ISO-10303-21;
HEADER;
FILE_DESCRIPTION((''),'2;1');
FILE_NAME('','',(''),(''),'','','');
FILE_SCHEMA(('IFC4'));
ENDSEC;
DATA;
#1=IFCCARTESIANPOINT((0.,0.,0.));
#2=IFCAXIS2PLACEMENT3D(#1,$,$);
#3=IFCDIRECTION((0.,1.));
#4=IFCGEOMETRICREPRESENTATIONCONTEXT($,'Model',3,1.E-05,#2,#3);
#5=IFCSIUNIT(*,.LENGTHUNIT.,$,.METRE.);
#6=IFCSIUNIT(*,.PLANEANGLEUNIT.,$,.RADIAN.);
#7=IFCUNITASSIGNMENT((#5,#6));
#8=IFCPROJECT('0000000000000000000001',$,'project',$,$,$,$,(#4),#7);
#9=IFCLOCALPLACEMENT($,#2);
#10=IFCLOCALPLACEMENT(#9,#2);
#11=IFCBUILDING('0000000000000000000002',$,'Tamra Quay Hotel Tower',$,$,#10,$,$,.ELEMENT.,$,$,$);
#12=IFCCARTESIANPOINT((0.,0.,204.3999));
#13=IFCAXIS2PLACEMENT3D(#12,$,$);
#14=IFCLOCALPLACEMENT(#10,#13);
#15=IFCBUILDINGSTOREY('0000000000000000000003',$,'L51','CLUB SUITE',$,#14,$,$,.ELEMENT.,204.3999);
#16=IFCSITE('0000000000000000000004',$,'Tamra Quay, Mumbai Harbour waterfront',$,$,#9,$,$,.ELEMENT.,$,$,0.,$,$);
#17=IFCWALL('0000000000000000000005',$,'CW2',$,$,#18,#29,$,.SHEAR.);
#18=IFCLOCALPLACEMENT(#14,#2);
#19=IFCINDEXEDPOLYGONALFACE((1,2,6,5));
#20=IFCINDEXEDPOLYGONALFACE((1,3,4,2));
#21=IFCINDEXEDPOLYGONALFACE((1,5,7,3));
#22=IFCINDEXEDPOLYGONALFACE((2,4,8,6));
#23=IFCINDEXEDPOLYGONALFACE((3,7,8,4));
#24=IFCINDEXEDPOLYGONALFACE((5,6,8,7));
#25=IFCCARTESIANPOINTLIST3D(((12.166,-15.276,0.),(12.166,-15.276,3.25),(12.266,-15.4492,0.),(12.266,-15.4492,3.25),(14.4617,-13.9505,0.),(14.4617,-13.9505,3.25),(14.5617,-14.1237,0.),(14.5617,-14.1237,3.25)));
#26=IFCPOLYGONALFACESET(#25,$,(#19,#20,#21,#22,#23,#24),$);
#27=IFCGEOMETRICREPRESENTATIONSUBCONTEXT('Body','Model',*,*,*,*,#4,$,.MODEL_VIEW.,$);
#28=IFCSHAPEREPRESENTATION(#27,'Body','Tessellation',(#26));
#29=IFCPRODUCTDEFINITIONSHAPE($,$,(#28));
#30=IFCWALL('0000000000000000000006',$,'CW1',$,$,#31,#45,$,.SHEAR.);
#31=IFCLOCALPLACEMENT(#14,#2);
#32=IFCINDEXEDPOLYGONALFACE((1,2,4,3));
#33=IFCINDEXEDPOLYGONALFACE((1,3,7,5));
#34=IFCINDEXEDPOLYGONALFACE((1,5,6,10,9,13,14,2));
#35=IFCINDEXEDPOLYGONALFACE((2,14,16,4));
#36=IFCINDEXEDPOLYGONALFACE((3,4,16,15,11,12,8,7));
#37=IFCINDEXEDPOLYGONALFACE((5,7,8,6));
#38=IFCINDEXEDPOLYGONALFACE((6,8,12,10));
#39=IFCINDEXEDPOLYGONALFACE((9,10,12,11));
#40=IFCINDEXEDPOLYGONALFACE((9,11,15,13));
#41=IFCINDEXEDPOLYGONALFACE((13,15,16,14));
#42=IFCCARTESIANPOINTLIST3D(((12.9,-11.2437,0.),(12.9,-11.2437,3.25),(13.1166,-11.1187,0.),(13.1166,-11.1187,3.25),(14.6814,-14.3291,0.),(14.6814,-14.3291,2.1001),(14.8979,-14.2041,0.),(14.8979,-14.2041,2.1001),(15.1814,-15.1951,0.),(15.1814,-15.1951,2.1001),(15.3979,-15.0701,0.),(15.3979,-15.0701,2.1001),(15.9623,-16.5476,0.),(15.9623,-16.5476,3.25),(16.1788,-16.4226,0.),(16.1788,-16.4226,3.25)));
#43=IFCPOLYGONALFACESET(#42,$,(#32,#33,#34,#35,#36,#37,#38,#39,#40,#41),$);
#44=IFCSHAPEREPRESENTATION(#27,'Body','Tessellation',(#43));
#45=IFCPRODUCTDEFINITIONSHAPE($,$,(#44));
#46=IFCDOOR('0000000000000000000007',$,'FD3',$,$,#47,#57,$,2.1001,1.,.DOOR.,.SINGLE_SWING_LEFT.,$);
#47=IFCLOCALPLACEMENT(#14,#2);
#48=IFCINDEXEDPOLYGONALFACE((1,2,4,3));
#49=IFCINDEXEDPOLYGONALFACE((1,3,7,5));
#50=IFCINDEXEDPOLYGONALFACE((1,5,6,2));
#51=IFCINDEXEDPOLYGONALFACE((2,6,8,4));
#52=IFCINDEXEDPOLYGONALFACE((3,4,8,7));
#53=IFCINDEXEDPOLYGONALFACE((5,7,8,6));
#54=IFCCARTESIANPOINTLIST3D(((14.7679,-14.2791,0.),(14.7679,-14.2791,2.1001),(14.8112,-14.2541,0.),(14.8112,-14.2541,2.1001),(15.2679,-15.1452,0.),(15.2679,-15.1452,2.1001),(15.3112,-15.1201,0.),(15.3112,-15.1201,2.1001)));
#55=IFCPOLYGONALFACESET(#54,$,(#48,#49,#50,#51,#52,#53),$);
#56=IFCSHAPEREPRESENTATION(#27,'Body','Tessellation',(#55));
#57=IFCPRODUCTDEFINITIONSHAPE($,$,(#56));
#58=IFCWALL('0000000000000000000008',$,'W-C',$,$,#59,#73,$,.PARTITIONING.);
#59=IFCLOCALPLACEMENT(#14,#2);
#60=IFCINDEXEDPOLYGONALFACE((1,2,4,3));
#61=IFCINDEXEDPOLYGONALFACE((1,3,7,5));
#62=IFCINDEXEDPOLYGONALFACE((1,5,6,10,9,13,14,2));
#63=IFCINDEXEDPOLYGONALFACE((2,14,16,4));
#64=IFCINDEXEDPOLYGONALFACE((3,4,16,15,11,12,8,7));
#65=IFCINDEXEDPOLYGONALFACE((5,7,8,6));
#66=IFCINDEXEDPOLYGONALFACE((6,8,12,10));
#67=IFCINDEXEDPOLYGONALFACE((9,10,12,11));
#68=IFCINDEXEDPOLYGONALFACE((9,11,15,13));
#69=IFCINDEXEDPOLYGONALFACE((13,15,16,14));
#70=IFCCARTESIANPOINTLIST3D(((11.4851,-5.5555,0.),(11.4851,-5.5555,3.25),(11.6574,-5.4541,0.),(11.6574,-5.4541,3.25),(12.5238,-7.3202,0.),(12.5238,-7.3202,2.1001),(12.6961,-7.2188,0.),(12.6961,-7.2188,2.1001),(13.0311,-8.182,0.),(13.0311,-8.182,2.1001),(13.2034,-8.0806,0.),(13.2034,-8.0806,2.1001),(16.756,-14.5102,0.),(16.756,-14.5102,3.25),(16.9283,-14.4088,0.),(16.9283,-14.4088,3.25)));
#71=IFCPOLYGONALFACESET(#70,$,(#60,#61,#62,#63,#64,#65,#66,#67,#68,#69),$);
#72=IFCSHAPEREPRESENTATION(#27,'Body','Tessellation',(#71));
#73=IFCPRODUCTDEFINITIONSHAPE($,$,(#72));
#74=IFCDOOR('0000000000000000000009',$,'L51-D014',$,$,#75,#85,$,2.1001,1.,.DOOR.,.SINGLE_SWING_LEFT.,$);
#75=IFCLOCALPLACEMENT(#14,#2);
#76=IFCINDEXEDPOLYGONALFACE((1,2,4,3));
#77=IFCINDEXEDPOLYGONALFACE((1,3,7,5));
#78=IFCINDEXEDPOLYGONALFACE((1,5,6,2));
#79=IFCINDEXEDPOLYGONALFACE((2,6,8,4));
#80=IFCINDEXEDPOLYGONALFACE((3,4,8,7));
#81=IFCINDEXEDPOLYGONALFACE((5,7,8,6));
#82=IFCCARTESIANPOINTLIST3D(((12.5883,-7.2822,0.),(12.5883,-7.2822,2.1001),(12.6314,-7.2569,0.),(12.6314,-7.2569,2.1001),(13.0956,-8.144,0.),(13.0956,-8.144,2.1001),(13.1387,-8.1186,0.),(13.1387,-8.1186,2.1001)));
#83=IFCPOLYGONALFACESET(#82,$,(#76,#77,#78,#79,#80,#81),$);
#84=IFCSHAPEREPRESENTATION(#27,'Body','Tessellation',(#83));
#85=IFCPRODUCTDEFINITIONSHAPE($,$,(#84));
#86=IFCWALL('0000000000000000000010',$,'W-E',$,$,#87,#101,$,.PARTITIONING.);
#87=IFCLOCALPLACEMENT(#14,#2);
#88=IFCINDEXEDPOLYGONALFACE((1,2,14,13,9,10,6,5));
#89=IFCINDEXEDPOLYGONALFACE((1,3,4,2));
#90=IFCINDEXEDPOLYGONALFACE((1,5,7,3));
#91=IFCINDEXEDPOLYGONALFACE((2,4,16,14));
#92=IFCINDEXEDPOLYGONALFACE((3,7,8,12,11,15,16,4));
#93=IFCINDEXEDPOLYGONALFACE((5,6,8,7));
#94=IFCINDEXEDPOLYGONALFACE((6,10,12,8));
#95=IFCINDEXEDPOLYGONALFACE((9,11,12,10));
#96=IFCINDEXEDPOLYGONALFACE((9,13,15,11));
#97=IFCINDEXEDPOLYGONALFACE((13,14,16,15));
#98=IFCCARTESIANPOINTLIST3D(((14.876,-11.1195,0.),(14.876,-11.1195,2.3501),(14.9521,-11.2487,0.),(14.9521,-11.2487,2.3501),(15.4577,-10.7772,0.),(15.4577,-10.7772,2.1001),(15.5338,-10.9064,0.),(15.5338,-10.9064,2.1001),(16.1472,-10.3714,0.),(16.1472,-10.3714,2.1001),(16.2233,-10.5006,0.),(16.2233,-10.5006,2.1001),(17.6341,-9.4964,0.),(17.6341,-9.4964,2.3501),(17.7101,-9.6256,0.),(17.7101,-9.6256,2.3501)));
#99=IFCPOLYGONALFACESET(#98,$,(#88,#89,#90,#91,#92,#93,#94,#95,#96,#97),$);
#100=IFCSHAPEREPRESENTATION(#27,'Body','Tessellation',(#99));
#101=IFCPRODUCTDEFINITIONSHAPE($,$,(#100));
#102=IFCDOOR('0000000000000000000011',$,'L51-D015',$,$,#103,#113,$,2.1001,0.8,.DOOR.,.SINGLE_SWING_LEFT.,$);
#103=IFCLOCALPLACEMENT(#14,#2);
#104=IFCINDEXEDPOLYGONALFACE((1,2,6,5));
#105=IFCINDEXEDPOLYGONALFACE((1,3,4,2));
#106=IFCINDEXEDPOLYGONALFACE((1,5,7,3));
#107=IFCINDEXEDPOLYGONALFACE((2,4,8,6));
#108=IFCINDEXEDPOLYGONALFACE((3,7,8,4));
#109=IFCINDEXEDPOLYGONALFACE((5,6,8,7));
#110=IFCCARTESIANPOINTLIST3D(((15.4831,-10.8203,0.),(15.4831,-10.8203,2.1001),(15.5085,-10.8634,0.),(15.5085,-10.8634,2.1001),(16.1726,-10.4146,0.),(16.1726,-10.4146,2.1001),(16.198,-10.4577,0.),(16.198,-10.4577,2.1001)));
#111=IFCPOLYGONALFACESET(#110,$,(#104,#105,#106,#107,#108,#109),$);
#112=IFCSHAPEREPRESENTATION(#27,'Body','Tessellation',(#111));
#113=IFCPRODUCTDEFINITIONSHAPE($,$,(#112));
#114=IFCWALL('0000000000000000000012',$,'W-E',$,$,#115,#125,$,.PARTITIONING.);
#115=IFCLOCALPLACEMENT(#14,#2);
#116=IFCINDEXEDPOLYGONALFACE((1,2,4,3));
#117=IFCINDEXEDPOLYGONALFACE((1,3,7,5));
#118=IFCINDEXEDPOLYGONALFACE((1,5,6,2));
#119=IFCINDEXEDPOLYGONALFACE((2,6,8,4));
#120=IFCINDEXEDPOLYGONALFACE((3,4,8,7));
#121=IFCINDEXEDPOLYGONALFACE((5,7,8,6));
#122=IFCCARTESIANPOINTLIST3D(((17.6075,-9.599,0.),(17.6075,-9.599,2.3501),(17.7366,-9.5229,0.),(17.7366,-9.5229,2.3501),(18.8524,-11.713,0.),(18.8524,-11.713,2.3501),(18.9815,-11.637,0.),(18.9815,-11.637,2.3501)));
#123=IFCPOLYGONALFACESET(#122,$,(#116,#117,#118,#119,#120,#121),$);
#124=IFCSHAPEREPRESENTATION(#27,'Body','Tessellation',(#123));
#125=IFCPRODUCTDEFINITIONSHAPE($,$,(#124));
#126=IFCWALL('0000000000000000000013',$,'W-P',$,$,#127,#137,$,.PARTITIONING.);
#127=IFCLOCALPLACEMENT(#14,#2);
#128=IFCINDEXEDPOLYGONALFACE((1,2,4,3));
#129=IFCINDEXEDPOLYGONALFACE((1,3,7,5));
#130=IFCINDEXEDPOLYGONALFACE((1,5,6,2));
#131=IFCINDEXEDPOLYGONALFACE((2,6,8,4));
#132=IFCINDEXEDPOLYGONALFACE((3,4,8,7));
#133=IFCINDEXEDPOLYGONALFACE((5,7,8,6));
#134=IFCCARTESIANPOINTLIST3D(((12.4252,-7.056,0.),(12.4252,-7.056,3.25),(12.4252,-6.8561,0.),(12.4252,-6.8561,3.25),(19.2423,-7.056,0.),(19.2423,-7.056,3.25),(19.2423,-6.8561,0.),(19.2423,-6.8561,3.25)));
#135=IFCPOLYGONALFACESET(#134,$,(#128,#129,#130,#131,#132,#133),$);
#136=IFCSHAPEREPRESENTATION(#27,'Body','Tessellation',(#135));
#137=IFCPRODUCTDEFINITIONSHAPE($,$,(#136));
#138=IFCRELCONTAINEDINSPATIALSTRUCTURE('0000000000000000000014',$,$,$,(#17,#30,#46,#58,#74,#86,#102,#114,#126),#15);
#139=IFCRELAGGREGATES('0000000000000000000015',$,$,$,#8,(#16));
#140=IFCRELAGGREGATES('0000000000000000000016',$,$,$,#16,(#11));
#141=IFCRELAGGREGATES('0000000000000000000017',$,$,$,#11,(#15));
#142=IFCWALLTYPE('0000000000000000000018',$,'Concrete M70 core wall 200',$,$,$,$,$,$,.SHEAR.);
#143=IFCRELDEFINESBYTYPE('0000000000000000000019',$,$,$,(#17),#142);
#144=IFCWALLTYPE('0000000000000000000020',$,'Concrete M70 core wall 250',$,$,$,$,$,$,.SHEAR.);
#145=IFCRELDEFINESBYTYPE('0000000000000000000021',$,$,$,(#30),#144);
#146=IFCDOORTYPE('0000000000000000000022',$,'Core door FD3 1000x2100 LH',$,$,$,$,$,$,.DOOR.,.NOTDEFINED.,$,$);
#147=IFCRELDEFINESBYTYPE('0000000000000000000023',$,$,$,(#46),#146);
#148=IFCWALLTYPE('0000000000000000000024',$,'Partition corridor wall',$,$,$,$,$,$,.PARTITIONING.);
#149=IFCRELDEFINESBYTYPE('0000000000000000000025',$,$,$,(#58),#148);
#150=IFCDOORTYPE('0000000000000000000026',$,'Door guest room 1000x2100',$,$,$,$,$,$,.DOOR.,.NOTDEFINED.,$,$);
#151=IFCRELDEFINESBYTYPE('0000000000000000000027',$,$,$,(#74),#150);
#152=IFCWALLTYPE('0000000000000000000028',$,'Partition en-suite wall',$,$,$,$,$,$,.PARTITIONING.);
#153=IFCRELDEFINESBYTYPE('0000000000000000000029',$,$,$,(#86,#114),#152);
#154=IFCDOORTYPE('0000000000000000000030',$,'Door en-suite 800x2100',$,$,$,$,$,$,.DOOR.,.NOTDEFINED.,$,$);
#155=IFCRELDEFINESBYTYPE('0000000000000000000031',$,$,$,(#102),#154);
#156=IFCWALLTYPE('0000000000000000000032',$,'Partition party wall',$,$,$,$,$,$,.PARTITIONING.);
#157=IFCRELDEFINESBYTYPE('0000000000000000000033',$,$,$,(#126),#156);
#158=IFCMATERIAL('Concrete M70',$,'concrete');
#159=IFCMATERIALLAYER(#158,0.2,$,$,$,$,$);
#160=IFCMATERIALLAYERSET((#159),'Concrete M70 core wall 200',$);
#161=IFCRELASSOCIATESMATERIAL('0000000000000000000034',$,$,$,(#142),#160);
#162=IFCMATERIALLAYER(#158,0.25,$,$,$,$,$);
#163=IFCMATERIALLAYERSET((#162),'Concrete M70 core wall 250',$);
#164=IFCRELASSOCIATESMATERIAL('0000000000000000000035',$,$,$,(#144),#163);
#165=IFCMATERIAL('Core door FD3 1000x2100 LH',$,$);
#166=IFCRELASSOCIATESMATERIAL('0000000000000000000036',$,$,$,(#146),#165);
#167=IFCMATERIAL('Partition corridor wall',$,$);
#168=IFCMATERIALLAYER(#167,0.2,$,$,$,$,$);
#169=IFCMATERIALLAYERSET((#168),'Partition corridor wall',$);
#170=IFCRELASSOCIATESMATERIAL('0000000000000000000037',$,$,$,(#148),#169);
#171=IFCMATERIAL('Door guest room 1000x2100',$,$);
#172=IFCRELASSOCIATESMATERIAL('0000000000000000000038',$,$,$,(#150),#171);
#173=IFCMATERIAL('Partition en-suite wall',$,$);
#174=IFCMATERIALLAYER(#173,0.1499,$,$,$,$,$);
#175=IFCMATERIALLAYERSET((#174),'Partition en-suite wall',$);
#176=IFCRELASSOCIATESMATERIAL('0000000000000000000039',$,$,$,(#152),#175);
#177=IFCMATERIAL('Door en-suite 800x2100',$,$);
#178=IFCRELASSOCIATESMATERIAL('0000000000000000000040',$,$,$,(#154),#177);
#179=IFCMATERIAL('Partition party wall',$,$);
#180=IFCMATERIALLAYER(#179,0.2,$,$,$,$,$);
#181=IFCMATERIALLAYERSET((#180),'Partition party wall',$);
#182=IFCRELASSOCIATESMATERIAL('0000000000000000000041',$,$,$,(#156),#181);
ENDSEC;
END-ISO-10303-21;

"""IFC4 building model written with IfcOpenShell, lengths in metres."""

from ifc_helpers import new_model, si_unit, direction, frame, frame_2d, origin, place, context, subcontext, project, spatial, rectangle, extrude, material, layer, layer_set, type_object, element, fill, save


model = new_model("IFC4")

# Units and contexts
model_context = context("Model", 3, precision=1e-05, world=origin(), true_north=direction((0.0, 1.0)))
body_context = subcontext(model_context, "Body", "Model", "MODEL_VIEW")
ifc_project = project(units=[si_unit("LENGTHUNIT", "METRE"), si_unit("PLANEANGLEUNIT", "RADIAN")], contexts=[model_context])

# Site, building, storey
site_placement = place(None, origin())
site = spatial("IfcSite", under=ifc_project, at=site_placement, Name="Tamra Quay, Mumbai Harbour waterfront", CompositionType="ELEMENT", RefElevation=0.0)
building_placement = place(site_placement, origin())
building = spatial("IfcBuilding", under=site, at=building_placement, Name="Tamra Quay Hotel Tower", CompositionType="ELEMENT")
storey_placement = place(building_placement, frame((0.0, 0.0, 204.3999)))
storey = spatial("IfcBuildingStorey", under=building, at=storey_placement, Name="L51", Description="CLUB SUITE", CompositionType="ELEMENT", Elevation=204.3999)

# Shared definitions
ifc_material_1 = material(Name="Concrete M70", Category="concrete")

# Wall
ifc_layer_1 = layer(ifc_material_1, 0.2)
ifc_layer_set_1 = layer_set([ifc_layer_1], Name="Concrete M70 core wall 200")
wall_type_1 = type_object("IfcWallType", Name="Concrete M70 core wall 200", PredefinedType="SHEAR", material=ifc_layer_set_1)
wall_1_placement = place(storey_placement, frame((14.5117, -14.0371, 0.0), z_axis=(0.0, 0.0, 1.0), x_axis=(-0.866018, -0.500012, 0.0)))
element("IfcWall", 1, at=wall_1_placement, inside=storey, type_object=wall_type_1, Name="CW2", PredefinedType="SHEAR", context=body_context, shape_type="SweptSolid", body=[
    extrude(rectangle(XDim=2.6509, YDim=0.2, at=frame_2d((1.3254, 0.0))), origin(), (0.0, 0.0, 1.0), 3.25),
])

# Walls, openings, doors
ifc_layer_2 = layer(ifc_material_1, 0.25)
ifc_layer_set_2 = layer_set([ifc_layer_2], Name="Concrete M70 core wall 250")
wall_type_2 = type_object("IfcWallType", Name="Concrete M70 core wall 250", PredefinedType="SHEAR", material=ifc_layer_set_2)
wall_2_placement = place(storey_placement, frame((13.0083, -11.1812, 0.0), z_axis=(0.0, 0.0, 1.0), x_axis=(0.500002, -0.866024, 0.0)))
wall_2 = element("IfcWall", 2, at=wall_2_placement, inside=storey, type_object=wall_type_2, Name="CW1", PredefinedType="SHEAR", context=body_context, shape_type="SweptSolid", body=[
    extrude(rectangle(XDim=6.1245, YDim=0.25, at=frame_2d((3.0623, 0.0))), origin(), (0.0, 0.0, 1.0), 3.25),
])
opening_1_placement = place(wall_2_placement, frame((3.5627, 0.0, 0.0)))
opening_1 = element("IfcOpeningElement", 3, at=opening_1_placement, cuts=wall_2, PredefinedType="OPENING", context=body_context, shape_type="SweptSolid", body=[
    extrude(rectangle(XDim=1.0, YDim=2.1001, at=frame_2d((0.5, 1.05))), frame((0.0, 0.135, 0.0), z_axis=(0.0, -1.0, 0.0), x_axis=(1.0, 0.0, 0.0)), (0.0, 0.0, 1.0), 0.27),
])
ifc_material_2 = material(Name="Core door FD3 1000x2100 LH")
door_type_1 = type_object("IfcDoorType", Name="Core door FD3 1000x2100 LH", OperationType="NOTDEFINED", PredefinedType="DOOR", material=ifc_material_2)
door_1_placement = place(opening_1_placement, origin())
door_1 = element("IfcDoor", 4, at=door_1_placement, inside=storey, type_object=door_type_1, Name="FD3", OperationType="SINGLE_SWING_LEFT", OverallHeight=2.1001, OverallWidth=1.0, PredefinedType="DOOR", context=body_context, shape_type="SweptSolid", body=[
    extrude(rectangle(XDim=1.0, YDim=2.1001, at=frame_2d((0.5, 1.05))), frame((0.0, 0.0249, 0.0), z_axis=(0.0, -1.0, 0.0), x_axis=(1.0, 0.0, 0.0)), (0.0, 0.0, 1.0), 0.05),
])
fill(opening_1, door_1)
ifc_material_3 = material(Name="Partition corridor wall")
ifc_layer_3 = layer(ifc_material_3, 0.2)
ifc_layer_set_3 = layer_set([ifc_layer_3], Name="Partition corridor wall")
wall_type_3 = type_object("IfcWallType", Name="Partition corridor wall", PredefinedType="PARTITIONING", material=ifc_layer_set_3)
wall_3_placement = place(storey_placement, frame((11.5713, -5.5049, 0.0), z_axis=(0.0, 0.0, 1.0), x_axis=(0.507267, -0.861789, 0.0)))
wall_3 = element("IfcWall", 5, at=wall_3_placement, inside=storey, type_object=wall_type_3, Name="W-C", PredefinedType="PARTITIONING", context=body_context, shape_type="SweptSolid", body=[
    extrude(rectangle(XDim=10.3909, YDim=0.2, at=frame_2d((5.1953, 0.0))), origin(), (0.0, 0.0, 1.0), 3.25),
])
opening_2_placement = place(wall_3_placement, frame((2.0476, 0.0, 0.0)))
opening_2 = element("IfcOpeningElement", 6, at=opening_2_placement, cuts=wall_3, PredefinedType="OPENING", context=body_context, shape_type="SweptSolid", body=[
    extrude(rectangle(XDim=1.0, YDim=2.1001, at=frame_2d((0.5, 1.05))), frame((0.0, 0.1099, 0.0), z_axis=(0.0, -1.0, 0.0), x_axis=(1.0, 0.0, 0.0)), (0.0, 0.0, 1.0), 0.22),
])
ifc_material_4 = material(Name="Door guest room 1000x2100")
door_type_2 = type_object("IfcDoorType", Name="Door guest room 1000x2100", OperationType="NOTDEFINED", PredefinedType="DOOR", material=ifc_material_4)
door_2_placement = place(opening_2_placement, origin())
door_2 = element("IfcDoor", 7, at=door_2_placement, inside=storey, type_object=door_type_2, Name="L51-D014", OperationType="SINGLE_SWING_LEFT", OverallHeight=2.1001, OverallWidth=1.0, PredefinedType="DOOR", context=body_context, shape_type="SweptSolid", body=[
    extrude(rectangle(XDim=1.0, YDim=2.1001, at=frame_2d((0.5, 1.05))), frame((0.0, 0.0249, 0.0), z_axis=(0.0, -1.0, 0.0), x_axis=(1.0, 0.0, 0.0)), (0.0, 0.0, 1.0), 0.05),
])
fill(opening_2, door_2)
ifc_material_5 = material(Name="Partition en-suite wall")
ifc_layer_4 = layer(ifc_material_5, 0.1499)
ifc_layer_set_4 = layer_set([ifc_layer_4], Name="Partition en-suite wall")
wall_type_4 = type_object("IfcWallType", Name="Partition en-suite wall", PredefinedType="PARTITIONING", material=ifc_layer_set_4)
wall_4_placement = place(storey_placement, frame((14.9141, -11.1841, 0.0), z_axis=(0.0, 0.0, 1.0), x_axis=(0.861844, 0.507173, 0.0)))
wall_4 = element("IfcWall", 8, at=wall_4_placement, inside=storey, type_object=wall_type_4, Name="W-E", PredefinedType="PARTITIONING", context=body_context, shape_type="SweptSolid", body=[
    extrude(rectangle(XDim=3.2002, YDim=0.1499, at=frame_2d((1.6001, 0.0))), origin(), (0.0, 0.0, 1.0), 2.3501),
])
opening_3_placement = place(wall_4_placement, frame((0.675, 0.0, 0.0)))
opening_3 = element("IfcOpeningElement", 9, at=opening_3_placement, cuts=wall_4, PredefinedType="OPENING", context=body_context, shape_type="SweptSolid", body=[
    extrude(rectangle(XDim=0.8, YDim=2.1001, at=frame_2d((0.3999, 1.05))), frame((0.0, 0.085, 0.0), z_axis=(0.0, -1.0, 0.0), x_axis=(1.0, 0.0, 0.0)), (0.0, 0.0, 1.0), 0.1699),
])
ifc_material_6 = material(Name="Door en-suite 800x2100")
door_type_3 = type_object("IfcDoorType", Name="Door en-suite 800x2100", OperationType="NOTDEFINED", PredefinedType="DOOR", material=ifc_material_6)
door_3_placement = place(opening_3_placement, origin())
door_3 = element("IfcDoor", 10, at=door_3_placement, inside=storey, type_object=door_type_3, Name="L51-D015", OperationType="SINGLE_SWING_LEFT", OverallHeight=2.1001, OverallWidth=0.8, PredefinedType="DOOR", context=body_context, shape_type="SweptSolid", body=[
    extrude(rectangle(XDim=0.8, YDim=2.1001, at=frame_2d((0.3999, 1.05))), frame((0.0, 0.0249, 0.0), z_axis=(0.0, -1.0, 0.0), x_axis=(1.0, 0.0, 0.0)), (0.0, 0.0, 1.0), 0.05),
])
fill(opening_3, door_3)

# Walls
wall_5_placement = place(storey_placement, frame((17.6721, -9.561, 0.0), z_axis=(0.0, 0.0, 1.0), x_axis=(0.507425, -0.861696, 0.0)))
element("IfcWall", 11, at=wall_5_placement, inside=storey, type_object=wall_type_4, Name="W-E", PredefinedType="PARTITIONING", context=body_context, shape_type="SweptSolid", body=[
    extrude(rectangle(XDim=2.4534, YDim=0.1499, at=frame_2d((1.2266, 0.0))), origin(), (0.0, 0.0, 1.0), 2.3501),
])
ifc_material_7 = material(Name="Partition party wall")
ifc_layer_5 = layer(ifc_material_7, 0.2)
ifc_layer_set_5 = layer_set([ifc_layer_5], Name="Partition party wall")
wall_type_5 = type_object("IfcWallType", Name="Partition party wall", PredefinedType="PARTITIONING", material=ifc_layer_set_5)
wall_6_placement = place(storey_placement, frame((12.425, -6.9561, 0.0), z_axis=(0.0, 0.0, 1.0), x_axis=(1.0, 0.0, 0.0)))
element("IfcWall", 12, at=wall_6_placement, inside=storey, type_object=wall_type_5, Name="W-P", PredefinedType="PARTITIONING", context=body_context, shape_type="SweptSolid", body=[
    extrude(rectangle(XDim=6.8171, YDim=0.2, at=frame_2d((3.4087, 0.0))), origin(), (0.0, 0.0, 1.0), 3.25),
])

save(model, "model.ifc")
